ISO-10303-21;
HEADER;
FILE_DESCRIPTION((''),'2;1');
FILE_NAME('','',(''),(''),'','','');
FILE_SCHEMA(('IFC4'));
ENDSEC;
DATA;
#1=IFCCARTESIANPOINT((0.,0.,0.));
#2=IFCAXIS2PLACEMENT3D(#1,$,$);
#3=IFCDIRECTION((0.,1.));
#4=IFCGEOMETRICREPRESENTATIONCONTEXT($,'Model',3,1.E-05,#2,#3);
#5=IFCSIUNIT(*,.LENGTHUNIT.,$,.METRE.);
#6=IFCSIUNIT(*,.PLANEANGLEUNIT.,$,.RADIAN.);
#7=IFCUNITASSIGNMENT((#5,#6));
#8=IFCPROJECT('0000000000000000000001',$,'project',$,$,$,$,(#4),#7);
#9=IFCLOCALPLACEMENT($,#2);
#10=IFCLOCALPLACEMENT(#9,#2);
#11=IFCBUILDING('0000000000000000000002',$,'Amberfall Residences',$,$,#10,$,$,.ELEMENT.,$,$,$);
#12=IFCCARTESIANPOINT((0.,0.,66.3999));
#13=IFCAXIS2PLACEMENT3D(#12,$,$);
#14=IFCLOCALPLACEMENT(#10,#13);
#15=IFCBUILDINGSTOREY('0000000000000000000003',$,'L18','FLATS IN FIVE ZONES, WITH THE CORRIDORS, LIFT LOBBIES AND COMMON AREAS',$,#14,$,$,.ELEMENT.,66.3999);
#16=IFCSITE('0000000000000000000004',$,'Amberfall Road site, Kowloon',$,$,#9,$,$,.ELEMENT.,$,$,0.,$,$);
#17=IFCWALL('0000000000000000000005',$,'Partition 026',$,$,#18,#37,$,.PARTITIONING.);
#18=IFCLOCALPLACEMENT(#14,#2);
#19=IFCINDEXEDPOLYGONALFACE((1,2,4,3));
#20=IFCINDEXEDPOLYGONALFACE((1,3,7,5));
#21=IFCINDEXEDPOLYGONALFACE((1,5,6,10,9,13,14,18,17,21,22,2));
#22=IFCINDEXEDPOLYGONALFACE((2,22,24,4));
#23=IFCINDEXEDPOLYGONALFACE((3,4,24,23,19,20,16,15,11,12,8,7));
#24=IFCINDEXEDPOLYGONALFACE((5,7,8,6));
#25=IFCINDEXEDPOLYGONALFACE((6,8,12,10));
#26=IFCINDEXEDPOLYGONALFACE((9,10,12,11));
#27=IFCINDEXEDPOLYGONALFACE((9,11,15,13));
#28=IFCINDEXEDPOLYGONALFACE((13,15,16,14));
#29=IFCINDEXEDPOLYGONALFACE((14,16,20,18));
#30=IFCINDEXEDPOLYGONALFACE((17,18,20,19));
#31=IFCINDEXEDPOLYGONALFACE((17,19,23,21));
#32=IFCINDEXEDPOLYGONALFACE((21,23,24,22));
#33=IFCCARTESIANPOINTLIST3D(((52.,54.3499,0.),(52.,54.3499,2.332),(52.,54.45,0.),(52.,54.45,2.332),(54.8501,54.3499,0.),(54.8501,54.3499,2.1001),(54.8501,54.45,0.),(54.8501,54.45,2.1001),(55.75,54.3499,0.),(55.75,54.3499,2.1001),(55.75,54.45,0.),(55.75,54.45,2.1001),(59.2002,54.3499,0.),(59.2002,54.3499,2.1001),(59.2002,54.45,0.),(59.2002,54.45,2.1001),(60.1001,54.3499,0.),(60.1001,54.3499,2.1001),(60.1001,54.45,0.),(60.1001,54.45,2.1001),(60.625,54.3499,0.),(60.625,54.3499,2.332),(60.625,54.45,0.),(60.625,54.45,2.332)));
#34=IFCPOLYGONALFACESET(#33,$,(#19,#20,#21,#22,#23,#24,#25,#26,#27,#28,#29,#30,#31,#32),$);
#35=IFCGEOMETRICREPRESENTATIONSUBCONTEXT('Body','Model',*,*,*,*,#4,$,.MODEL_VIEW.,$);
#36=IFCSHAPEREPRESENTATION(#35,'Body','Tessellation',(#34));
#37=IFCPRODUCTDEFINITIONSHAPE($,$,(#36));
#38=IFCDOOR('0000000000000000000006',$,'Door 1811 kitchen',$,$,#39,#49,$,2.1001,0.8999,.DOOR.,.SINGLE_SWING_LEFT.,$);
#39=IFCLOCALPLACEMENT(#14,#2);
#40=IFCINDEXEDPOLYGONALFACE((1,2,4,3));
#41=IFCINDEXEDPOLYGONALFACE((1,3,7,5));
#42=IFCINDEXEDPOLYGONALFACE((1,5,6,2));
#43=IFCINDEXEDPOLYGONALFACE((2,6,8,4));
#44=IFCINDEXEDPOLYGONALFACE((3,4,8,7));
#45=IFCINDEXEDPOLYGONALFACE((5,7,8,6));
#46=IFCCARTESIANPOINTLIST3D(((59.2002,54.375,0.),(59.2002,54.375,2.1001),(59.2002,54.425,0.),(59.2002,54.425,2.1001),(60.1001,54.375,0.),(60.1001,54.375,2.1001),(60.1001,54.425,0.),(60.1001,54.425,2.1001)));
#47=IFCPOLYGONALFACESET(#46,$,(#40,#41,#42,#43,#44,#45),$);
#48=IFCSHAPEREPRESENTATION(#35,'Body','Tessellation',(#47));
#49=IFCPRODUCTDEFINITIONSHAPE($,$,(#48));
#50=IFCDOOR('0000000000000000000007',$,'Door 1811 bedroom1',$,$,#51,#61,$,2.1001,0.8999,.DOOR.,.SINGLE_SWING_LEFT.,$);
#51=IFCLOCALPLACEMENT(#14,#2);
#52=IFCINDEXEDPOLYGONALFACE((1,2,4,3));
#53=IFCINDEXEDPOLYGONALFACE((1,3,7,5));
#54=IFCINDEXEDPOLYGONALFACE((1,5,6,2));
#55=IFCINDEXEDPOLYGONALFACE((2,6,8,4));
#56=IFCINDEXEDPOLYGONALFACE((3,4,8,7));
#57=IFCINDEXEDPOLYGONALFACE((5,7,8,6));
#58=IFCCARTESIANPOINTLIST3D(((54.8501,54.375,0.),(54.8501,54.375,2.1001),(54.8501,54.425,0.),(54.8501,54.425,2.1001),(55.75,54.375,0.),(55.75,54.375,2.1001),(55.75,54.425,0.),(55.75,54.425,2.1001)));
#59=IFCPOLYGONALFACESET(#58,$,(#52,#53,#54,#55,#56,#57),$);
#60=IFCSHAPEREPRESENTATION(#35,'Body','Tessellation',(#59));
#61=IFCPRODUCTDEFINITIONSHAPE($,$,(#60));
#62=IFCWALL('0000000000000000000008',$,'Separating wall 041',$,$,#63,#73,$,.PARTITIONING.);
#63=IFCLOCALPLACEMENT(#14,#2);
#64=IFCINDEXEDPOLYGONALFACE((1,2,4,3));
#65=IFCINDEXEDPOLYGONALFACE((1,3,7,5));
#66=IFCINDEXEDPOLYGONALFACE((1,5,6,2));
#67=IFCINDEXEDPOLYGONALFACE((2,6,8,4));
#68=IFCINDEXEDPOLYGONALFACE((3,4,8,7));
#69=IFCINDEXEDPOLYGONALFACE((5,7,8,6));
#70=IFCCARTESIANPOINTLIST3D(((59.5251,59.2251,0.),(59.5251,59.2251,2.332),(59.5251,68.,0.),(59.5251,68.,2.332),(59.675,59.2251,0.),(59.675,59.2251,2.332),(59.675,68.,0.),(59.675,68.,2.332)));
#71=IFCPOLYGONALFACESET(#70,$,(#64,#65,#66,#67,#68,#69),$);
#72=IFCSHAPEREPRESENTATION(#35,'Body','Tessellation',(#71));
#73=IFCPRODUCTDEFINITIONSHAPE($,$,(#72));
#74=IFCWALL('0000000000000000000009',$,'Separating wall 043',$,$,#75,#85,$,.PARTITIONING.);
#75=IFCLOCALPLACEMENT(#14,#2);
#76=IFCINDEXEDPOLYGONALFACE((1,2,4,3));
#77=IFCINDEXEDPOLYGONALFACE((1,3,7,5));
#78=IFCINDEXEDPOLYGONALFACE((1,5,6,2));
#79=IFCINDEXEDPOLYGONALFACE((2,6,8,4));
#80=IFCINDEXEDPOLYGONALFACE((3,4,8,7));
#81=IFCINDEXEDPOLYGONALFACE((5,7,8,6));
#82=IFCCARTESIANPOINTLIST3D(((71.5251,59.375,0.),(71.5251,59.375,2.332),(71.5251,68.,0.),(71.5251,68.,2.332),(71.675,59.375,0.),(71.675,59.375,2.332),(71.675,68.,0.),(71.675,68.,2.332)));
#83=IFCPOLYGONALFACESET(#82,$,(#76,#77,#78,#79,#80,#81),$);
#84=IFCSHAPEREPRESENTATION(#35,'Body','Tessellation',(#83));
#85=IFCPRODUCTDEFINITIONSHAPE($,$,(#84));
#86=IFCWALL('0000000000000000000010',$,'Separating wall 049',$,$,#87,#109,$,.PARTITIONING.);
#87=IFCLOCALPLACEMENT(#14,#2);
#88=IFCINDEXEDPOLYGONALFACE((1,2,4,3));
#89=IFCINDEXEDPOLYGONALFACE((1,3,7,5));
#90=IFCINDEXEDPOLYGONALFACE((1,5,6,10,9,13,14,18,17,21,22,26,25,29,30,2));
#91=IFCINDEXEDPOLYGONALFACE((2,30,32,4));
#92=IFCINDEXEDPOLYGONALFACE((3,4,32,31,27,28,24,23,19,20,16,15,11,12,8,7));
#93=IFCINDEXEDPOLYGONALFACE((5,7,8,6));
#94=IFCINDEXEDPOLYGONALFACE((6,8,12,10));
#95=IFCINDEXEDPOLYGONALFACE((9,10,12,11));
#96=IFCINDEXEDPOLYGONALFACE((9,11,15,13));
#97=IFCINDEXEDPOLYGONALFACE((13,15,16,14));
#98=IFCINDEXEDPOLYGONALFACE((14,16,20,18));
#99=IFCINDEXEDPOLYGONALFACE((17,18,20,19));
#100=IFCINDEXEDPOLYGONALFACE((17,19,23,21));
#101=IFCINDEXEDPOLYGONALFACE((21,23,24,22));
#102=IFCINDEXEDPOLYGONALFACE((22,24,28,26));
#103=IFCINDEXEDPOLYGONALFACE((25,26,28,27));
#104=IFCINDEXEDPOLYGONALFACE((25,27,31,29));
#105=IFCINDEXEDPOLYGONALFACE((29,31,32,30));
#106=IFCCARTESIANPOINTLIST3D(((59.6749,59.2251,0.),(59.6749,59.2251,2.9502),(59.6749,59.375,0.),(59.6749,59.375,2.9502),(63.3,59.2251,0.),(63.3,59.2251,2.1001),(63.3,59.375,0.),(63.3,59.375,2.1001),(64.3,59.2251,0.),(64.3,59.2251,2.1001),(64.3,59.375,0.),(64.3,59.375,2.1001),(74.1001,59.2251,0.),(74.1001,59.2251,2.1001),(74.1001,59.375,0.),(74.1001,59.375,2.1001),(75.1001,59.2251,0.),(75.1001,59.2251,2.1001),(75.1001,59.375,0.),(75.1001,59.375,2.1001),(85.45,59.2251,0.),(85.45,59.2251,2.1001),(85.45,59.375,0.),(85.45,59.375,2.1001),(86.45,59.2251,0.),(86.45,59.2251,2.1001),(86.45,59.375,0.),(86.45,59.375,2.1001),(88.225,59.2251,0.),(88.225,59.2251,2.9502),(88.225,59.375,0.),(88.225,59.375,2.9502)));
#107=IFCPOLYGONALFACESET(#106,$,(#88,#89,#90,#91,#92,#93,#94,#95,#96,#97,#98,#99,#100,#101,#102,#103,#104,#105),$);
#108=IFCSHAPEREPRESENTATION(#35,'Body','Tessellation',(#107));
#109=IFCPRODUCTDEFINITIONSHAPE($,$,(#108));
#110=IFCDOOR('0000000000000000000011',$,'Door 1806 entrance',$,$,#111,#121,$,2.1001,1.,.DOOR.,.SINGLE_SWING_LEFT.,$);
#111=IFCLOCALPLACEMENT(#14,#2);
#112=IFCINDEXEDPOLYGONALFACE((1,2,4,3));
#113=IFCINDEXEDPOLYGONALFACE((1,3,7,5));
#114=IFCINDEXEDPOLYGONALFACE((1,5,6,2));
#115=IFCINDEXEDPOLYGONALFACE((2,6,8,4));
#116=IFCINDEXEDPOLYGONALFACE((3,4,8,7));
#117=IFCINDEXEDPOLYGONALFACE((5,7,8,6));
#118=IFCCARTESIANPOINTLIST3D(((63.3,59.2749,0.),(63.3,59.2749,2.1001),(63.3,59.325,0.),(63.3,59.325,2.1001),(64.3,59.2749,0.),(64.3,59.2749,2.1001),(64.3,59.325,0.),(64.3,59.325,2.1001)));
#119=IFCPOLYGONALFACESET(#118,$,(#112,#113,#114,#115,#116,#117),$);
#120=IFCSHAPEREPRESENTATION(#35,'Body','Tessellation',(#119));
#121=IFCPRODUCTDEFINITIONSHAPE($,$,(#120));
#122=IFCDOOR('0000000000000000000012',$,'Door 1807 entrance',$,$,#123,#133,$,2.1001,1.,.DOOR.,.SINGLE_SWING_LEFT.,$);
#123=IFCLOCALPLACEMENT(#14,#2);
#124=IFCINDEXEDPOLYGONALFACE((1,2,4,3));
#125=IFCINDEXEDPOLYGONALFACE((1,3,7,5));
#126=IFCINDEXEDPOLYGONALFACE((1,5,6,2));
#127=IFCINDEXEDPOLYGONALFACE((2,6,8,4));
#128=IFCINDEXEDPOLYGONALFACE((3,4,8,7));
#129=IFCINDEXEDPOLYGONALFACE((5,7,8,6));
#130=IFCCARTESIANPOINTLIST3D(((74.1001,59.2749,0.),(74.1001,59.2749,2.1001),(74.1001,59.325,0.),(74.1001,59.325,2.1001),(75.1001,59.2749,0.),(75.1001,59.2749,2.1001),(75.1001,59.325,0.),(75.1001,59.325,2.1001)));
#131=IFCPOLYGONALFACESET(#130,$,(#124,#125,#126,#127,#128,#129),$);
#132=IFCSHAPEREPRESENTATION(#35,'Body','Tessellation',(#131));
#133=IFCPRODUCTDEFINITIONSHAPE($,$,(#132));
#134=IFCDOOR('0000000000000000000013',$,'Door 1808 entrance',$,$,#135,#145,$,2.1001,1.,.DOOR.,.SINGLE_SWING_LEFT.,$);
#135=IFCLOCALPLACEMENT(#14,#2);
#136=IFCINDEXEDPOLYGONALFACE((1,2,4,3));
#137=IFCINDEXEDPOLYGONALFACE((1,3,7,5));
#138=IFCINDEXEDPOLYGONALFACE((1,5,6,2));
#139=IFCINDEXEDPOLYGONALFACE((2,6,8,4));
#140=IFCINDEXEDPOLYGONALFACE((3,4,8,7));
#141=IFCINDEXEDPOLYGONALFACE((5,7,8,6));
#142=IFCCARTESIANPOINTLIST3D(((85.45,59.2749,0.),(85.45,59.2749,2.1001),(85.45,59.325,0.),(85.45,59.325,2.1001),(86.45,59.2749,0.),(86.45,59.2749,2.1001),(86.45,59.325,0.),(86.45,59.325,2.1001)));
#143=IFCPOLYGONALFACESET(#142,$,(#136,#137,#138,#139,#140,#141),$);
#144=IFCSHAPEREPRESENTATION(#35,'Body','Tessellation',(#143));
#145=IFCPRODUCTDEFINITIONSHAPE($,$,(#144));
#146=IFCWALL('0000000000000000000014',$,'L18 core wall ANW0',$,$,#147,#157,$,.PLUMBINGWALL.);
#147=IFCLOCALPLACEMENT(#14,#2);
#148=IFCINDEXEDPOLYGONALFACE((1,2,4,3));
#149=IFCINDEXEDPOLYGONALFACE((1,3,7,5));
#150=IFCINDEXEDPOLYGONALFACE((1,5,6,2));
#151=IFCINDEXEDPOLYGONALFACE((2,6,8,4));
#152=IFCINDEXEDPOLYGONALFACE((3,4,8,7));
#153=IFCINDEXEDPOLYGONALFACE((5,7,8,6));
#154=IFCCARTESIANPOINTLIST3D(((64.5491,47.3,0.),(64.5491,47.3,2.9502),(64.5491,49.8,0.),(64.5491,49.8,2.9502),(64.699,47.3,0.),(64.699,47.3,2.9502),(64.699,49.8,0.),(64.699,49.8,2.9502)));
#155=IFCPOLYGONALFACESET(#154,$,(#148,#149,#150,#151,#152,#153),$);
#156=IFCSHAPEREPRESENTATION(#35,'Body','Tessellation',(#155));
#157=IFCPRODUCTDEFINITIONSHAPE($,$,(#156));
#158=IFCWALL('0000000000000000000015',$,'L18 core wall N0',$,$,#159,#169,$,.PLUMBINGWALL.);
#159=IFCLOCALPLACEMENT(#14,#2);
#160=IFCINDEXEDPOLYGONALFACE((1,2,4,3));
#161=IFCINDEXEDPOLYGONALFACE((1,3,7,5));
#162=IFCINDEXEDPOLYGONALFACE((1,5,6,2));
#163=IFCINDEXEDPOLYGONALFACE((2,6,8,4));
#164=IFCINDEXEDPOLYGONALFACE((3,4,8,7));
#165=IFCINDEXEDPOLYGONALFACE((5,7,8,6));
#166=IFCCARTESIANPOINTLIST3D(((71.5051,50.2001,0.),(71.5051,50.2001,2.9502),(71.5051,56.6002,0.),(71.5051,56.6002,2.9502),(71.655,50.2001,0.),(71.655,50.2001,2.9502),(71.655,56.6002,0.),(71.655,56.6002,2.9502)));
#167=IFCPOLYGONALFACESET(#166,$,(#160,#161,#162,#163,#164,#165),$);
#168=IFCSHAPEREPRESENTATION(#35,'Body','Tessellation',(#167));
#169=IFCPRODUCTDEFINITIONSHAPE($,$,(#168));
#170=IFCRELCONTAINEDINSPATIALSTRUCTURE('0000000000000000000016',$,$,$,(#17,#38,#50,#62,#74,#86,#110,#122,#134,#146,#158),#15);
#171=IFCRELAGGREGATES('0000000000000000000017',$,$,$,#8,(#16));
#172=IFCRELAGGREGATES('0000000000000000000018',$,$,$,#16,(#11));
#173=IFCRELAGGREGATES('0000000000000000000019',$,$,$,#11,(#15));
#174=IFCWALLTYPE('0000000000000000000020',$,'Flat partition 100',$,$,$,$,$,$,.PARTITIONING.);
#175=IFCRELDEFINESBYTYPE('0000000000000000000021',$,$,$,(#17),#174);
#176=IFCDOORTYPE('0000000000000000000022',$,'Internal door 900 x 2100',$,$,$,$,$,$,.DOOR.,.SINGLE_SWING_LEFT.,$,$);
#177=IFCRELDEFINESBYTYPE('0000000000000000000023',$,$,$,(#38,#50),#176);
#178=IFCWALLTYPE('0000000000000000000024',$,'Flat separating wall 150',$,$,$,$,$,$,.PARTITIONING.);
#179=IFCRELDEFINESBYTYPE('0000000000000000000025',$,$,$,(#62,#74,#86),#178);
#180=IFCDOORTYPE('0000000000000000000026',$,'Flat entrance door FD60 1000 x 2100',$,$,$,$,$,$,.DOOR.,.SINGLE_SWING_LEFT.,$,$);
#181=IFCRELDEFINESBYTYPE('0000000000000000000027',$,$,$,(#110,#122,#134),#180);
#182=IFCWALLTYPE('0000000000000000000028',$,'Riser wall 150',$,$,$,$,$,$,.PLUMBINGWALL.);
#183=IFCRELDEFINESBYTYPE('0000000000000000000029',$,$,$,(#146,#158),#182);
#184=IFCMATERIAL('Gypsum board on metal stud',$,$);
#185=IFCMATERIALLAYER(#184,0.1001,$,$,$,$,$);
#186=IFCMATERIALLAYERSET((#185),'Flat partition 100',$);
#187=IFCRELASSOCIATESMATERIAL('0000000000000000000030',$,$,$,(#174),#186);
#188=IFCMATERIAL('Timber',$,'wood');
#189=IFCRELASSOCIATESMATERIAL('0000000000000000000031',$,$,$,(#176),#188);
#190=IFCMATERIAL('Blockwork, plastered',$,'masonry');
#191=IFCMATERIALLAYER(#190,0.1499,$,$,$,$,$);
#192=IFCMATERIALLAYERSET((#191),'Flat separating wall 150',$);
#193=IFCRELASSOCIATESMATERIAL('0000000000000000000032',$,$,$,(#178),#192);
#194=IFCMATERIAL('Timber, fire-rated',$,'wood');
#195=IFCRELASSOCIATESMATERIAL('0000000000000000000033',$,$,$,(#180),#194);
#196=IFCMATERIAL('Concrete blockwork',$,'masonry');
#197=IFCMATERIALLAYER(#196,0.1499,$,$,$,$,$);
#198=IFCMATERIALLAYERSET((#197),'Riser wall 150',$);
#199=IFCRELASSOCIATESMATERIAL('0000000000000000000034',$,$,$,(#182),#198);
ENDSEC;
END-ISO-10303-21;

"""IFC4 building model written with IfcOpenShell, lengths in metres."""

from ifc_helpers import new_model, si_unit, direction, frame, frame_2d, origin, place, context, subcontext, project, spatial, rectangle, extrude, material, layer, layer_set, type_object, element, fill, save


model = new_model("IFC4")

# Units and contexts
model_context = context("Model", 3, precision=1e-05, world=origin(), true_north=direction((0.0, 1.0)))
body_context = subcontext(model_context, "Body", "Model", "MODEL_VIEW")
ifc_project = project(units=[si_unit("LENGTHUNIT", "METRE"), si_unit("PLANEANGLEUNIT", "RADIAN")], contexts=[model_context])

# Site, building, storey
site_placement = place(None, origin())
site = spatial("IfcSite", under=ifc_project, at=site_placement, Name="Amberfall Road site, Kowloon", CompositionType="ELEMENT", RefElevation=0.0)
building_placement = place(site_placement, origin())
building = spatial("IfcBuilding", under=site, at=building_placement, Name="Amberfall Residences", CompositionType="ELEMENT")
storey_placement = place(building_placement, frame((0.0, 0.0, 66.3999)))
storey = spatial("IfcBuildingStorey", under=building, at=storey_placement, Name="L18", Description="FLATS IN FIVE ZONES, WITH THE CORRIDORS, LIFT LOBBIES AND COMMON AREAS", CompositionType="ELEMENT", Elevation=66.3999)

# Shared definitions
ifc_material_1 = material(Name="Gypsum board on metal stud")
ifc_layer_1 = layer(ifc_material_1, 0.1001)
ifc_layer_set_1 = layer_set([ifc_layer_1], Name="Flat partition 100")
wall_type_1 = type_object("IfcWallType", Name="Flat partition 100", PredefinedType="PARTITIONING", material=ifc_layer_set_1)

# Wall, openings, doors
wall_1_placement = place(storey_placement, frame((60.625, 54.3999, 0.0), z_axis=(0.0, 0.0, 1.0), x_axis=(-1.0, 0.0, 0.0)))
wall_1 = element("IfcWall", 1, at=wall_1_placement, inside=storey, type_object=wall_type_1, Name="Partition 026", PredefinedType="PARTITIONING", context=body_context, shape_type="SweptSolid", body=[
    extrude(rectangle(XDim=8.625, YDim=0.1001, at=frame_2d((4.3125, 0.0))), origin(), (0.0, 0.0, 1.0), 2.332),
])
opening_1_placement = place(wall_1_placement, frame((0.5249, 0.0, 0.0)))
opening_1 = element("IfcOpeningElement", 2, at=opening_1_placement, cuts=wall_1, PredefinedType="OPENING", context=body_context, shape_type="SweptSolid", body=[
    extrude(rectangle(XDim=0.8999, YDim=2.1001, at=frame_2d((0.45, 1.05))), frame((0.0, 0.0601, 0.0), z_axis=(0.0, -1.0, 0.0), x_axis=(1.0, 0.0, 0.0)), (0.0, 0.0, 1.0), 0.1201),
])
opening_2_placement = place(wall_1_placement, frame((4.875, 0.0, 0.0)))
opening_2 = element("IfcOpeningElement", 3, at=opening_2_placement, cuts=wall_1, PredefinedType="OPENING", context=body_context, shape_type="SweptSolid", body=[
    extrude(rectangle(XDim=0.8999, YDim=2.1001, at=frame_2d((0.45, 1.05))), frame((0.0, 0.0601, 0.0), z_axis=(0.0, -1.0, 0.0), x_axis=(1.0, 0.0, 0.0)), (0.0, 0.0, 1.0), 0.1201),
])
ifc_material_2 = material(Name="Timber", Category="wood")
door_type_1 = type_object("IfcDoorType", Name="Internal door 900 x 2100", OperationType="SINGLE_SWING_LEFT", PredefinedType="DOOR", material=ifc_material_2)
door_1_placement = place(opening_1_placement, origin())
door_1 = element("IfcDoor", 4, at=door_1_placement, inside=storey, type_object=door_type_1, Name="Door 1811 kitchen", OperationType="SINGLE_SWING_LEFT", OverallHeight=2.1001, OverallWidth=0.8999, PredefinedType="DOOR", context=body_context, shape_type="SweptSolid", body=[
    extrude(rectangle(XDim=0.8999, YDim=2.1001, at=frame_2d((0.45, 1.05))), frame((0.0, 0.0249, 0.0), z_axis=(0.0, -1.0, 0.0), x_axis=(1.0, 0.0, 0.0)), (0.0, 0.0, 1.0), 0.05),
])
fill(opening_1, door_1)
door_2_placement = place(opening_2_placement, origin())
door_2 = element("IfcDoor", 5, at=door_2_placement, inside=storey, type_object=door_type_1, Name="Door 1811 bedroom1", OperationType="SINGLE_SWING_LEFT", OverallHeight=2.1001, OverallWidth=0.8999, PredefinedType="DOOR", context=body_context, shape_type="SweptSolid", body=[
    extrude(rectangle(XDim=0.8999, YDim=2.1001, at=frame_2d((0.45, 1.05))), frame((0.0, 0.0249, 0.0), z_axis=(0.0, -1.0, 0.0), x_axis=(1.0, 0.0, 0.0)), (0.0, 0.0, 1.0), 0.05),
])
fill(opening_2, door_2)

# Walls
ifc_material_3 = material(Name="Blockwork, plastered", Category="masonry")
ifc_layer_2 = layer(ifc_material_3, 0.1499)
ifc_layer_set_2 = layer_set([ifc_layer_2], Name="Flat separating wall 150")
wall_type_2 = type_object("IfcWallType", Name="Flat separating wall 150", PredefinedType="PARTITIONING", material=ifc_layer_set_2)
wall_2_placement = place(storey_placement, frame((59.6001, 59.2251, 0.0), z_axis=(0.0, 0.0, 1.0), x_axis=(0.0, 1.0, 0.0)))
element("IfcWall", 6, at=wall_2_placement, inside=storey, type_object=wall_type_2, Name="Separating wall 041", PredefinedType="PARTITIONING", context=body_context, shape_type="SweptSolid", body=[
    extrude(rectangle(XDim=8.7749, YDim=0.1499, at=frame_2d((4.3875, 0.0))), origin(), (0.0, 0.0, 1.0), 2.332),
])
wall_3_placement = place(storey_placement, frame((71.6001, 59.375, 0.0), z_axis=(0.0, 0.0, 1.0), x_axis=(0.0, 1.0, 0.0)))
element("IfcWall", 7, at=wall_3_placement, inside=storey, type_object=wall_type_2, Name="Separating wall 043", PredefinedType="PARTITIONING", context=body_context, shape_type="SweptSolid", body=[
    extrude(rectangle(XDim=8.625, YDim=0.1499, at=frame_2d((4.3125, 0.0))), origin(), (0.0, 0.0, 1.0), 2.332),
])

# Wall, openings, doors
wall_4_placement = place(storey_placement, frame((59.675, 59.3, 0.0), z_axis=(0.0, 0.0, 1.0), x_axis=(1.0, 0.0, 0.0)))
wall_4 = element("IfcWall", 8, at=wall_4_placement, inside=storey, type_object=wall_type_2, Name="Separating wall 049", PredefinedType="PARTITIONING", context=body_context, shape_type="SweptSolid", body=[
    extrude(rectangle(XDim=28.55, YDim=0.1499, at=frame_2d((14.2749, 0.0))), origin(), (0.0, 0.0, 1.0), 2.9502),
])
opening_3_placement = place(wall_4_placement, frame((3.625, 0.0, 0.0)))
opening_3 = element("IfcOpeningElement", 9, at=opening_3_placement, cuts=wall_4, PredefinedType="OPENING", context=body_context, shape_type="SweptSolid", body=[
    extrude(rectangle(XDim=1.0, YDim=2.1001, at=frame_2d((0.5, 1.05))), frame((0.0, 0.085, 0.0), z_axis=(0.0, -1.0, 0.0), x_axis=(1.0, 0.0, 0.0)), (0.0, 0.0, 1.0), 0.1699),
])
opening_4_placement = place(wall_4_placement, frame((14.425, 0.0, 0.0)))
opening_4 = element("IfcOpeningElement", 10, at=opening_4_placement, cuts=wall_4, PredefinedType="OPENING", context=body_context, shape_type="SweptSolid", body=[
    extrude(rectangle(XDim=1.0, YDim=2.1001, at=frame_2d((0.5, 1.05))), frame((0.0, 0.085, 0.0), z_axis=(0.0, -1.0, 0.0), x_axis=(1.0, 0.0, 0.0)), (0.0, 0.0, 1.0), 0.1699),
])
opening_5_placement = place(wall_4_placement, frame((25.7749, 0.0, 0.0)))
opening_5 = element("IfcOpeningElement", 11, at=opening_5_placement, cuts=wall_4, PredefinedType="OPENING", context=body_context, shape_type="SweptSolid", body=[
    extrude(rectangle(XDim=1.0, YDim=2.1001, at=frame_2d((0.5, 1.05))), frame((0.0, 0.085, 0.0), z_axis=(0.0, -1.0, 0.0), x_axis=(1.0, 0.0, 0.0)), (0.0, 0.0, 1.0), 0.1699),
])
ifc_material_4 = material(Name="Timber, fire-rated", Category="wood")
door_type_2 = type_object("IfcDoorType", Name="Flat entrance door FD60 1000 x 2100", OperationType="SINGLE_SWING_LEFT", PredefinedType="DOOR", material=ifc_material_4)
door_3_placement = place(opening_3_placement, origin())
door_3 = element("IfcDoor", 12, at=door_3_placement, inside=storey, type_object=door_type_2, Name="Door 1806 entrance", OperationType="SINGLE_SWING_LEFT", OverallHeight=2.1001, OverallWidth=1.0, PredefinedType="DOOR", context=body_context, shape_type="SweptSolid", body=[
    extrude(rectangle(XDim=1.0, YDim=2.1001, at=frame_2d((0.5, 1.05))), frame((0.0, 0.0249, 0.0), z_axis=(0.0, -1.0, 0.0), x_axis=(1.0, 0.0, 0.0)), (0.0, 0.0, 1.0), 0.05),
])
fill(opening_3, door_3)
door_4_placement = place(opening_4_placement, origin())
door_4 = element("IfcDoor", 13, at=door_4_placement, inside=storey, type_object=door_type_2, Name="Door 1807 entrance", OperationType="SINGLE_SWING_LEFT", OverallHeight=2.1001, OverallWidth=1.0, PredefinedType="DOOR", context=body_context, shape_type="SweptSolid", body=[
    extrude(rectangle(XDim=1.0, YDim=2.1001, at=frame_2d((0.5, 1.05))), frame((0.0, 0.0249, 0.0), z_axis=(0.0, -1.0, 0.0), x_axis=(1.0, 0.0, 0.0)), (0.0, 0.0, 1.0), 0.05),
])
fill(opening_4, door_4)
door_5_placement = place(opening_5_placement, origin())
door_5 = element("IfcDoor", 14, at=door_5_placement, inside=storey, type_object=door_type_2, Name="Door 1808 entrance", OperationType="SINGLE_SWING_LEFT", OverallHeight=2.1001, OverallWidth=1.0, PredefinedType="DOOR", context=body_context, shape_type="SweptSolid", body=[
    extrude(rectangle(XDim=1.0, YDim=2.1001, at=frame_2d((0.5, 1.05))), frame((0.0, 0.0249, 0.0), z_axis=(0.0, -1.0, 0.0), x_axis=(1.0, 0.0, 0.0)), (0.0, 0.0, 1.0), 0.05),
])
fill(opening_5, door_5)

# Walls
ifc_material_5 = material(Name="Concrete blockwork", Category="masonry")
ifc_layer_3 = layer(ifc_material_5, 0.1499)
ifc_layer_set_3 = layer_set([ifc_layer_3], Name="Riser wall 150")
wall_type_3 = type_object("IfcWallType", Name="Riser wall 150", PredefinedType="PLUMBINGWALL", material=ifc_layer_set_3)
wall_5_placement = place(storey_placement, frame((64.624, 47.3, 0.0), z_axis=(0.0, 0.0, 1.0), x_axis=(0.0, 1.0, 0.0)))
element("IfcWall", 15, at=wall_5_placement, inside=storey, type_object=wall_type_3, Name="L18 core wall ANW0", PredefinedType="PLUMBINGWALL", context=body_context, shape_type="SweptSolid", body=[
    extrude(rectangle(XDim=2.5, YDim=0.1499, at=frame_2d((1.25, 0.0))), origin(), (0.0, 0.0, 1.0), 2.9502),
])
wall_6_placement = place(storey_placement, frame((71.5801, 50.2, 0.0), z_axis=(0.0, 0.0, 1.0), x_axis=(0.0, 1.0, 0.0)))
element("IfcWall", 16, at=wall_6_placement, inside=storey, type_object=wall_type_3, Name="L18 core wall N0", PredefinedType="PLUMBINGWALL", context=body_context, shape_type="SweptSolid", body=[
    extrude(rectangle(XDim=6.4001, YDim=0.1499, at=frame_2d((3.2002, 0.0))), origin(), (0.0, 0.0, 1.0), 2.9502),
])

save(model, "model.ifc")
